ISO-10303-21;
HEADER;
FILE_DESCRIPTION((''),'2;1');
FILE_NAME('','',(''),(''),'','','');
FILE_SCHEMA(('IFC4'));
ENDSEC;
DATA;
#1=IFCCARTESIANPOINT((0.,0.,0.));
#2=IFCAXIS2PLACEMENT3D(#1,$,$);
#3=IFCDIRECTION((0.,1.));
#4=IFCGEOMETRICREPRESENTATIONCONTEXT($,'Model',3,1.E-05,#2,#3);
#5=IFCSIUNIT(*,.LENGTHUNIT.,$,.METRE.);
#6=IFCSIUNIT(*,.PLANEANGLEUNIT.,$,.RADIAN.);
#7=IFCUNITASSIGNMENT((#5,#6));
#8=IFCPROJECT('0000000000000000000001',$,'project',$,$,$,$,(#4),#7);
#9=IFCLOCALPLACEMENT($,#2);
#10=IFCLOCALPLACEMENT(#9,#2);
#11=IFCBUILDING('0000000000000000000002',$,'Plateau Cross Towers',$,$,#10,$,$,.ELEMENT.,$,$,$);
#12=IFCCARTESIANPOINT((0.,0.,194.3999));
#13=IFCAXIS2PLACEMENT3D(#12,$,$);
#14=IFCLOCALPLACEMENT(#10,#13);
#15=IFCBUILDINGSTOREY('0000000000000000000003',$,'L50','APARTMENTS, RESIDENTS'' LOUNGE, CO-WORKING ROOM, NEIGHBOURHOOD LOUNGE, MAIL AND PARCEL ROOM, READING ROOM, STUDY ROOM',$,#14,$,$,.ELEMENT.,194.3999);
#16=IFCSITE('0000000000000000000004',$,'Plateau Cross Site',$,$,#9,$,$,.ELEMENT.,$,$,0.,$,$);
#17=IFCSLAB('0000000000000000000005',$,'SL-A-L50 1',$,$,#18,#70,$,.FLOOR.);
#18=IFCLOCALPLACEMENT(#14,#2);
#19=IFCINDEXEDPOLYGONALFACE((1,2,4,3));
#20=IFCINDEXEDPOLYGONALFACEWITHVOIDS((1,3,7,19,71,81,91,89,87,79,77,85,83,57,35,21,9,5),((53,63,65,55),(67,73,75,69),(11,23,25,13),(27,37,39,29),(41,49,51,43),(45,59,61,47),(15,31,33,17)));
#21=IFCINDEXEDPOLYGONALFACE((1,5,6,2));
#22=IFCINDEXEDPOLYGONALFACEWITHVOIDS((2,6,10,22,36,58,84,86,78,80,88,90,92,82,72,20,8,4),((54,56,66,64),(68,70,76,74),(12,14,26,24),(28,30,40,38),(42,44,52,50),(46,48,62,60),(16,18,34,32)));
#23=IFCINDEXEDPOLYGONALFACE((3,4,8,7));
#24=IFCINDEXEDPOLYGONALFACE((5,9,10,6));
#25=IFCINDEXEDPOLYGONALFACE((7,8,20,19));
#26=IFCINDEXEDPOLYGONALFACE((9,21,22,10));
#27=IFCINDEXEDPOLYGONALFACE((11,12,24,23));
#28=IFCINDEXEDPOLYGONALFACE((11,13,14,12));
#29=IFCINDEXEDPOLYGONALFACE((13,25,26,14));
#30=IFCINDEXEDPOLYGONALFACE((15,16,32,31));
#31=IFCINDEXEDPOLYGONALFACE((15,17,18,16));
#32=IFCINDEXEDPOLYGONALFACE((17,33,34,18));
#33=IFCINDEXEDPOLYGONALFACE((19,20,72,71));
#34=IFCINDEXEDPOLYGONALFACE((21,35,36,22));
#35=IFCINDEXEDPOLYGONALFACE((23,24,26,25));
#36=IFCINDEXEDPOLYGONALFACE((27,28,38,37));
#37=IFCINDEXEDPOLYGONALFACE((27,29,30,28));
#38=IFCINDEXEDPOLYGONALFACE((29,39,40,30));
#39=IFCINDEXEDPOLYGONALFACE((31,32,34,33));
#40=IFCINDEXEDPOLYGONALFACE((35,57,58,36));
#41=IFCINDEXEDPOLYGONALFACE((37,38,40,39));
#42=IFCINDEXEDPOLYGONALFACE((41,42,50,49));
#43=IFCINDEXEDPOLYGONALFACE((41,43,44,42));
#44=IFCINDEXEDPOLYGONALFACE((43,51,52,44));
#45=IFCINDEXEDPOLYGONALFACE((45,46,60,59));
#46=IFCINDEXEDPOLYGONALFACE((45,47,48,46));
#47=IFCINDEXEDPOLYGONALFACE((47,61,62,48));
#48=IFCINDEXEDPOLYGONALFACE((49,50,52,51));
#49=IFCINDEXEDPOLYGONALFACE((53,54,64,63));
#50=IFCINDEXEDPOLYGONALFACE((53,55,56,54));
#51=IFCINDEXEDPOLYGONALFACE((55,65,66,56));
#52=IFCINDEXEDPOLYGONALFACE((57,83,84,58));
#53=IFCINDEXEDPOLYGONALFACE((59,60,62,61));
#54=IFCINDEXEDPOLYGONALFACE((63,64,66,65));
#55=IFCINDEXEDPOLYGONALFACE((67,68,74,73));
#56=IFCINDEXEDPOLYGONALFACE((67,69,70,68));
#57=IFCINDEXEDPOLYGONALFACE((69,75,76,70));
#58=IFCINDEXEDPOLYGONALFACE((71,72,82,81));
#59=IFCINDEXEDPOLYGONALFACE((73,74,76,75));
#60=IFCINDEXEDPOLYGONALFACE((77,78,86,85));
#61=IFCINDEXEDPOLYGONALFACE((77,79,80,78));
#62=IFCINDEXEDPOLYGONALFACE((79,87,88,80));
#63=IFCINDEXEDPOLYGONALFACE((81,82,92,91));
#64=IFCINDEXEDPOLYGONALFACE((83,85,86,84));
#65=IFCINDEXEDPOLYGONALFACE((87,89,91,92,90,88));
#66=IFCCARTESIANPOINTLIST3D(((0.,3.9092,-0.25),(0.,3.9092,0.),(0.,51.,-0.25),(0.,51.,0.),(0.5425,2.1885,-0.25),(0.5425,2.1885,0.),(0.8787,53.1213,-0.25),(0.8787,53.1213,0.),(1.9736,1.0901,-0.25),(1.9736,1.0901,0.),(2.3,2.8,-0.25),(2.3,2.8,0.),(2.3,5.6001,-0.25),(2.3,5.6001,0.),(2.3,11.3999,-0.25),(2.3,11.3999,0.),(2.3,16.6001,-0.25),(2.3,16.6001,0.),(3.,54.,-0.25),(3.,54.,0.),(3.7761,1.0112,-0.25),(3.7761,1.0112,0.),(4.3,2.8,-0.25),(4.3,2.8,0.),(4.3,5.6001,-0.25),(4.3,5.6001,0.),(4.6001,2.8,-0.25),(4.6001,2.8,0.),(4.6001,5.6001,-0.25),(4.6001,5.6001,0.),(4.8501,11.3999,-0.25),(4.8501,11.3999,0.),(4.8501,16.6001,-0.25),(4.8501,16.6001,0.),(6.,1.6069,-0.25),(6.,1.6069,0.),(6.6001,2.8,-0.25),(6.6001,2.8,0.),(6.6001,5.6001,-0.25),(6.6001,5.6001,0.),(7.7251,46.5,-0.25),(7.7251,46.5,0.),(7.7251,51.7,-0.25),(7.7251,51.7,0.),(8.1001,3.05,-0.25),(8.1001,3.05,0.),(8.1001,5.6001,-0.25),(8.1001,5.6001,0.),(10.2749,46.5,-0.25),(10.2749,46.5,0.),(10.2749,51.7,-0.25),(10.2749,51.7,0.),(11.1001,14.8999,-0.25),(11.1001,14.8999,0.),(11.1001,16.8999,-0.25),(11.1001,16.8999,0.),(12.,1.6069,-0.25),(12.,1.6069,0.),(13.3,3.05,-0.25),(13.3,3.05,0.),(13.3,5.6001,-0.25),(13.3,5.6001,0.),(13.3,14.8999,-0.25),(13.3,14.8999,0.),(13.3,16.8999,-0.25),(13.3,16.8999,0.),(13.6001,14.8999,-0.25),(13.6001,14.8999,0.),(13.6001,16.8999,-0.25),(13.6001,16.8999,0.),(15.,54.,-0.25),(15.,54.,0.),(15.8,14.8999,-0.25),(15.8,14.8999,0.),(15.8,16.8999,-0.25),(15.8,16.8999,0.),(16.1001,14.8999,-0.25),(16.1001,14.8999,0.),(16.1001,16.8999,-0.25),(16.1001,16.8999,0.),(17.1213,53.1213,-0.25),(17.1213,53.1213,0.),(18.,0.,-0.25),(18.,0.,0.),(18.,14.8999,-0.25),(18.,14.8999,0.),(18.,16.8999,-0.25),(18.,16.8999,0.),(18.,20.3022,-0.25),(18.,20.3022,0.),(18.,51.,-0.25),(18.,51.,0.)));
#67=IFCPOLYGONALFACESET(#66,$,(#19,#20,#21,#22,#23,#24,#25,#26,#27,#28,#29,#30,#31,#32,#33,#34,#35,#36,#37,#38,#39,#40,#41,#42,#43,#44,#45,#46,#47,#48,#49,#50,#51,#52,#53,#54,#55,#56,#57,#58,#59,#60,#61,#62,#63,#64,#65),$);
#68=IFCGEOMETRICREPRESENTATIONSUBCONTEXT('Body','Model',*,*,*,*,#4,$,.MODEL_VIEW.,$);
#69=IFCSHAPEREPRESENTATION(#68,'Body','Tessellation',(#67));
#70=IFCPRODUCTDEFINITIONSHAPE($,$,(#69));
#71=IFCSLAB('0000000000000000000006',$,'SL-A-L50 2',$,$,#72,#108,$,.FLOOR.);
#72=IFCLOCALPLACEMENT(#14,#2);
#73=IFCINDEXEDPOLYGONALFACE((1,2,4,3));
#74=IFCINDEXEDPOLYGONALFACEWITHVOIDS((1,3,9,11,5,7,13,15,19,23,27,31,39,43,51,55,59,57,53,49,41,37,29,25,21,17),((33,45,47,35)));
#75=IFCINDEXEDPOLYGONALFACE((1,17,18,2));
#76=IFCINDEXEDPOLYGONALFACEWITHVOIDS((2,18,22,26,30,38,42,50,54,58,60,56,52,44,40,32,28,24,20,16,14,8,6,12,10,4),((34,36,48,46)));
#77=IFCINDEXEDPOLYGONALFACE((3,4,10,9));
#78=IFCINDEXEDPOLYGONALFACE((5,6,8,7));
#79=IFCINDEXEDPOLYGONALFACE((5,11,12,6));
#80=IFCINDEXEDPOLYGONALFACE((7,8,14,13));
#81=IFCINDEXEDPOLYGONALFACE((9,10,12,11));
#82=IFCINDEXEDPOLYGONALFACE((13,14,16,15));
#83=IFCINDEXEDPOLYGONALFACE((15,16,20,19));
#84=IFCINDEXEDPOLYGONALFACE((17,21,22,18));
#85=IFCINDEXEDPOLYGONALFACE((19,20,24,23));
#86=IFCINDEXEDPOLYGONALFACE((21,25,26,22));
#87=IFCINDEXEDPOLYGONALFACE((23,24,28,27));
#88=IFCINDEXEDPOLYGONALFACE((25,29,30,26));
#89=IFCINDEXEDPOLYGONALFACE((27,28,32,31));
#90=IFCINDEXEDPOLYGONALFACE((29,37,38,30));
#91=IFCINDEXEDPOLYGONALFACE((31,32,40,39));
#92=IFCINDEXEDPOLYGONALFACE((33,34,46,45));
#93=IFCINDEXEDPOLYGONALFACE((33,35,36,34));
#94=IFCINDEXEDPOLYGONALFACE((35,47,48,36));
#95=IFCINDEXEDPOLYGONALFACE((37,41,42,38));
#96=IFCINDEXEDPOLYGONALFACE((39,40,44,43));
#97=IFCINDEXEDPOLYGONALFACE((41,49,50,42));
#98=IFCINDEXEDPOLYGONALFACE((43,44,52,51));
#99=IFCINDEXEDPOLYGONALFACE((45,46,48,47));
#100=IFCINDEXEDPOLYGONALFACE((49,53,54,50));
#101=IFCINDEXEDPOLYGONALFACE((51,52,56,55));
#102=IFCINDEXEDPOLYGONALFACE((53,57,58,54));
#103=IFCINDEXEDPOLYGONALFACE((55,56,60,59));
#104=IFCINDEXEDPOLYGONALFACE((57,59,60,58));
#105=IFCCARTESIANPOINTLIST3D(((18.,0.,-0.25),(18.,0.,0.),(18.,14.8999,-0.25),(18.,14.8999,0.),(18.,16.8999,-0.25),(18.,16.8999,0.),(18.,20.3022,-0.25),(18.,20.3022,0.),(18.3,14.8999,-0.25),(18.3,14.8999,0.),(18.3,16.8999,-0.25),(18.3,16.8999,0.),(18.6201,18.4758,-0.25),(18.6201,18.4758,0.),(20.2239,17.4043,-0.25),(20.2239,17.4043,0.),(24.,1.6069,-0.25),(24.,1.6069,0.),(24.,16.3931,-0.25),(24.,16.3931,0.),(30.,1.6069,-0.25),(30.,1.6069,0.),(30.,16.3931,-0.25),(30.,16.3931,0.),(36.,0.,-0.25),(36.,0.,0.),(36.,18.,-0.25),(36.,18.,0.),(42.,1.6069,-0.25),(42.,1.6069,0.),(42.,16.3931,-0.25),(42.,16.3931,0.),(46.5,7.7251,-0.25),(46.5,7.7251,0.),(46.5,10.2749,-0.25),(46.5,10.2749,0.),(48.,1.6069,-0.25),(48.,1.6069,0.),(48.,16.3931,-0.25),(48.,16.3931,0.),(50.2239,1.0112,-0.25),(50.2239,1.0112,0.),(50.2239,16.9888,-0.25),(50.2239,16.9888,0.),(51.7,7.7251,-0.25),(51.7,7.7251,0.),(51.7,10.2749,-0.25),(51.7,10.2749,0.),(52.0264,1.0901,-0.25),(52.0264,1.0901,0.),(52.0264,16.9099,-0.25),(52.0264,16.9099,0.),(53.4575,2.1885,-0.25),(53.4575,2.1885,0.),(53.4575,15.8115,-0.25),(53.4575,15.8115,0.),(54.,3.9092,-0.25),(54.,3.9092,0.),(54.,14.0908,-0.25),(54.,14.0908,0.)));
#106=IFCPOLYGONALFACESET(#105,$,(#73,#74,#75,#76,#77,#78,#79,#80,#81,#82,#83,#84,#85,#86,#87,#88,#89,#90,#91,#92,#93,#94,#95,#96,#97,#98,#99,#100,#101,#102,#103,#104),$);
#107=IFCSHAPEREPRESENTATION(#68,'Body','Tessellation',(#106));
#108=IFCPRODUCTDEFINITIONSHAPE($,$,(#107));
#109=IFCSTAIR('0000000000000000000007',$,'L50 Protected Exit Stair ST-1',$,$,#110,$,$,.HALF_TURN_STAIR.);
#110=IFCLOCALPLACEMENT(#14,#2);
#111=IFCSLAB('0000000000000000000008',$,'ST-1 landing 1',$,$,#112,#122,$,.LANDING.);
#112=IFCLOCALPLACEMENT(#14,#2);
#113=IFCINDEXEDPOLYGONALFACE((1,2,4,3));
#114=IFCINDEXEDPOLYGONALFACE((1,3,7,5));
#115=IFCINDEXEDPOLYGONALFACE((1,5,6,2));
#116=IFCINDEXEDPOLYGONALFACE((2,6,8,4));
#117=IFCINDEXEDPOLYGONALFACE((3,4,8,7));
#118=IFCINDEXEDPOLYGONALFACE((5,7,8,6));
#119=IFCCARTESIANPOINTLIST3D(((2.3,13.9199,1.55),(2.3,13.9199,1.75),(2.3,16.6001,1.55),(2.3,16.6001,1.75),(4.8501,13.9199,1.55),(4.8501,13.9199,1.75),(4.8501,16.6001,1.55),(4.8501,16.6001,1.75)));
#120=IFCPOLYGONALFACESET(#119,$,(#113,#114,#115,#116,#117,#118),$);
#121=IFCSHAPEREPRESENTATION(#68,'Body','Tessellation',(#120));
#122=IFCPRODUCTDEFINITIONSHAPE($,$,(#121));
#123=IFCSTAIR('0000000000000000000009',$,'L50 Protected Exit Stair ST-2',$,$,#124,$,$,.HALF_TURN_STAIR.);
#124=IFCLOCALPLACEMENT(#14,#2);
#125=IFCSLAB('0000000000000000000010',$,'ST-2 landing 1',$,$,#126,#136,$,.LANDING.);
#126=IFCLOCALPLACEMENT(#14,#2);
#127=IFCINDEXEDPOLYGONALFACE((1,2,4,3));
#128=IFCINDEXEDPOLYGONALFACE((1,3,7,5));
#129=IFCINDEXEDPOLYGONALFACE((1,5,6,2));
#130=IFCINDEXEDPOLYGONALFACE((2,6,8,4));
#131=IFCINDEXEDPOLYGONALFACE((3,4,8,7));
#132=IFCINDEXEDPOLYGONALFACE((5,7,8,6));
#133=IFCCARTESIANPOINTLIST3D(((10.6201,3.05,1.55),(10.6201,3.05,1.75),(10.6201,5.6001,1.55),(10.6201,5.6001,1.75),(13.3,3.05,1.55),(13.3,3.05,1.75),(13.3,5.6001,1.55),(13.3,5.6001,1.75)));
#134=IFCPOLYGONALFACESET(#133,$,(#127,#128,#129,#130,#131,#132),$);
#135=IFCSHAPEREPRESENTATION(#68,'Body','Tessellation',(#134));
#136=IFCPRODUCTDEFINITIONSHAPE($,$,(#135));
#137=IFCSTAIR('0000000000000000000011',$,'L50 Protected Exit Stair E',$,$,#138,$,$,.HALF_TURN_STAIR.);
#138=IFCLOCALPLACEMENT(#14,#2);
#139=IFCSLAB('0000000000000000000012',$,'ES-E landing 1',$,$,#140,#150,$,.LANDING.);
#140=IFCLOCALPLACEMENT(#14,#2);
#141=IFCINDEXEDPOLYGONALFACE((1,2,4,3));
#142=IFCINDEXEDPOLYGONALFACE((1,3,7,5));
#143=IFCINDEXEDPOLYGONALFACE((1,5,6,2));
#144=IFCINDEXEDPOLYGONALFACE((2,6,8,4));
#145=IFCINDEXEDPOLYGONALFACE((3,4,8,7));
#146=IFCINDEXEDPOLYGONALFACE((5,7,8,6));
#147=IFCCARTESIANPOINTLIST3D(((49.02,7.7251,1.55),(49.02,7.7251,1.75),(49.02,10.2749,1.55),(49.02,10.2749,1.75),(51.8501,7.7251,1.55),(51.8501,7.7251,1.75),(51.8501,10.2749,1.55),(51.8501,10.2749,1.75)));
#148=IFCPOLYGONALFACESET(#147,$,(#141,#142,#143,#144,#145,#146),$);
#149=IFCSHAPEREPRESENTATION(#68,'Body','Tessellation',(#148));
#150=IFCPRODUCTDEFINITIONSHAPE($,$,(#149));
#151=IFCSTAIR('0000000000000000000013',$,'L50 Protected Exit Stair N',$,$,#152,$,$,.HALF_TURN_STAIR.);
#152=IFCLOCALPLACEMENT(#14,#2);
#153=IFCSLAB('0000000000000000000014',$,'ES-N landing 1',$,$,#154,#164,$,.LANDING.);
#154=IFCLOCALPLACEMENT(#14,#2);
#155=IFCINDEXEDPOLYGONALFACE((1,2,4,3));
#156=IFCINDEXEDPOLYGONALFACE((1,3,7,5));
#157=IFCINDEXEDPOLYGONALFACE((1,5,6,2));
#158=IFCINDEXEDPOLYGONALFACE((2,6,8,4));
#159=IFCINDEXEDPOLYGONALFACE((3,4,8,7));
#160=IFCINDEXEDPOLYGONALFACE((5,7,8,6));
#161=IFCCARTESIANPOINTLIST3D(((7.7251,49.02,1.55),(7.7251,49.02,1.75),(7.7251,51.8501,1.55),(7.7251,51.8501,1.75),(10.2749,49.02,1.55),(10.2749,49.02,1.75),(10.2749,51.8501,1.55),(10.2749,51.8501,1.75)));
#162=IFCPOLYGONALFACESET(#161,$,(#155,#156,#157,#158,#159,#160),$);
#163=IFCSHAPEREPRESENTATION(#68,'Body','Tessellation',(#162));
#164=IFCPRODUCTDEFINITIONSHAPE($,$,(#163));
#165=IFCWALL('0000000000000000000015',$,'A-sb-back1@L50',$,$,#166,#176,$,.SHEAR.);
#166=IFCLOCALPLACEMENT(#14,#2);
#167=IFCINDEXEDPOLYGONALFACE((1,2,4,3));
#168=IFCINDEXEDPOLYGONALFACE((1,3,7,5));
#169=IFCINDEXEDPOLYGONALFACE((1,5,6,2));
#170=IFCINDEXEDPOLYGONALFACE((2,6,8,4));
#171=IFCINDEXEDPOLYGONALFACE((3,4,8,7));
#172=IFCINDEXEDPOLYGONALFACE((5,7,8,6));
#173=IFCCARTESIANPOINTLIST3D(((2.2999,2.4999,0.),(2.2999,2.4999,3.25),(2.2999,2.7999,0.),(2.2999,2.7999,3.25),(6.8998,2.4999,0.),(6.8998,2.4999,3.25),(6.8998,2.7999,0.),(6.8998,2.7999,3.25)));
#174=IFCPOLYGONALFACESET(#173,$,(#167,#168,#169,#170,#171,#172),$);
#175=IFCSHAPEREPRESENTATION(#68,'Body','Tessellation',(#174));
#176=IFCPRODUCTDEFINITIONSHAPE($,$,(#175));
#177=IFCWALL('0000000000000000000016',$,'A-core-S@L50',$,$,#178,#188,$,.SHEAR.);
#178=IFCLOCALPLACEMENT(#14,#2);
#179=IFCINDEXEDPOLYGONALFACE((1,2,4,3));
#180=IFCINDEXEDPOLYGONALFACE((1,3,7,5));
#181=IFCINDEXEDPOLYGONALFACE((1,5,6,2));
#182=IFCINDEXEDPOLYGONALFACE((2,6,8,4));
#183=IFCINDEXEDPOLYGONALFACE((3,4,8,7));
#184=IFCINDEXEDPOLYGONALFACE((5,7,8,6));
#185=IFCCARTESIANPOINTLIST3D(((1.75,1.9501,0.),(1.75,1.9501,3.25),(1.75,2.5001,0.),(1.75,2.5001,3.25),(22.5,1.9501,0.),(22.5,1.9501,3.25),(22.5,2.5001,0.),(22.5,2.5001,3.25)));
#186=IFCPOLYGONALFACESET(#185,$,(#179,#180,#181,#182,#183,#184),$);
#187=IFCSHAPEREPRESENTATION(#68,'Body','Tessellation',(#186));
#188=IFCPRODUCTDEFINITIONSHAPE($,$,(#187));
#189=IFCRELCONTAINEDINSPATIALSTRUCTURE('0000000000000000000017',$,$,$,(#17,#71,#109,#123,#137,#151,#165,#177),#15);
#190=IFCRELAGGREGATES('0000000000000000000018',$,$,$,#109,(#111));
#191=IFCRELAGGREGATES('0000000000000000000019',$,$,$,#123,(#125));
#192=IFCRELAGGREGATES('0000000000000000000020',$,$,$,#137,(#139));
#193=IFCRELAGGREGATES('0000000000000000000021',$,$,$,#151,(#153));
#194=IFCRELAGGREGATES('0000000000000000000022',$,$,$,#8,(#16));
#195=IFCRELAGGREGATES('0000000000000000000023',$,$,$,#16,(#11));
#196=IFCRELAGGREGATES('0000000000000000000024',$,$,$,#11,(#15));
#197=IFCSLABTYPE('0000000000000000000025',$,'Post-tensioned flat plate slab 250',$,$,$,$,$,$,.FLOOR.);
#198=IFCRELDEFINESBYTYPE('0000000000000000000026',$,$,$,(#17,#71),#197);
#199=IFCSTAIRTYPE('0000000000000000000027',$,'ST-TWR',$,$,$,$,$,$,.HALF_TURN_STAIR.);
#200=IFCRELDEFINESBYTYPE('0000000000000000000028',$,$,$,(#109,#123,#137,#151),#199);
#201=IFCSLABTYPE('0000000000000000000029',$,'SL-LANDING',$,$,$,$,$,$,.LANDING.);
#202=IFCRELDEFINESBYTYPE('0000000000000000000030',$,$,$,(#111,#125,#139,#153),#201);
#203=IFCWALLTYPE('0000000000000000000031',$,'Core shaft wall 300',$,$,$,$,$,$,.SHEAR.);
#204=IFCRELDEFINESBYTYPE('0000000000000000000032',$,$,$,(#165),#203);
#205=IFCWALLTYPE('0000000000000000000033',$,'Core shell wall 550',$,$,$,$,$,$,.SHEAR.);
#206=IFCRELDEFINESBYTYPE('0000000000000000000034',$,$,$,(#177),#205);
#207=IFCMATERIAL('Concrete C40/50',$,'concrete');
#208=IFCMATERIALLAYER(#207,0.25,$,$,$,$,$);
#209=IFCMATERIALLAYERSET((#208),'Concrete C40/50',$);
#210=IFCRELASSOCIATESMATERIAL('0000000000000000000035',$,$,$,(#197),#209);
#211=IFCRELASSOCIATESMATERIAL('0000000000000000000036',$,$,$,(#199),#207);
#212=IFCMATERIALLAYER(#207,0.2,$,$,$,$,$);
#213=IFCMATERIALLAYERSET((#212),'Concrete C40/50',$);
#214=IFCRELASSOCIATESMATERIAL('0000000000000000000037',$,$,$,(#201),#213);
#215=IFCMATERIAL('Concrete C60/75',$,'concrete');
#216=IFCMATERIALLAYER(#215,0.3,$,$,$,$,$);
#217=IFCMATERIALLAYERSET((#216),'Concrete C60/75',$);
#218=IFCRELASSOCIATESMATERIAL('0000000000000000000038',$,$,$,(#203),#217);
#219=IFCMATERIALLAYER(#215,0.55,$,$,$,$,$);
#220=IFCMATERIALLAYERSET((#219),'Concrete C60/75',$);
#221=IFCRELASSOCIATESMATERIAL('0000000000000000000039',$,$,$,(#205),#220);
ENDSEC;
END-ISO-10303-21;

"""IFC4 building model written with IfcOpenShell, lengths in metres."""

from ifc_helpers import new_model, si_unit, direction, frame, frame_2d, origin, place, context, subcontext, project, spatial, polyline, rectangle, outline, extrude, material, layer, layer_set, type_object, element, aggregate, save


model = new_model("IFC4")

# Units and contexts
model_context = context("Model", 3, precision=1e-05, world=origin(), true_north=direction((0.0, 1.0)))
body_context = subcontext(model_context, "Body", "Model", "MODEL_VIEW")
ifc_project = project(units=[si_unit("LENGTHUNIT", "METRE"), si_unit("PLANEANGLEUNIT", "RADIAN")], contexts=[model_context])

# Site, building, storey
site_placement = place(None, origin())
site = spatial("IfcSite", under=ifc_project, at=site_placement, Name="Plateau Cross Site", CompositionType="ELEMENT", RefElevation=0.0)
building_placement = place(site_placement, origin())
building = spatial("IfcBuilding", under=site, at=building_placement, Name="Plateau Cross Towers", CompositionType="ELEMENT")
storey_placement = place(building_placement, frame((0.0, 0.0, 194.3999)))
storey = spatial("IfcBuildingStorey", under=building, at=storey_placement, Name="L50", Description="APARTMENTS, RESIDENTS' LOUNGE, CO-WORKING ROOM, NEIGHBOURHOOD LOUNGE, MAIL AND PARCEL ROOM, READING ROOM, STUDY ROOM", CompositionType="ELEMENT", Elevation=194.3999)

# Shared definitions
ifc_material_1 = material(Name="Concrete C60/75", Category="concrete")

# Shared definitions
ifc_material_2 = material(Name="Concrete C40/50", Category="concrete")

# Slabs
ifc_layer_1 = layer(ifc_material_2, 0.25)
ifc_layer_set_1 = layer_set([ifc_layer_1], Name="Concrete C40/50")
slab_type_1 = type_object("IfcSlabType", Name="Post-tensioned flat plate slab 250", PredefinedType="FLOOR", material=ifc_layer_set_1)
slab_1_placement = place(storey_placement, frame((0.0, 0.0, -0.25)))
element("IfcSlab", 1, at=slab_1_placement, inside=storey, type_object=slab_type_1, Name="SL-A-L50 1", PredefinedType="FLOOR", context=body_context, shape_type="SweptSolid", body=[
    extrude(outline(polyline([(0.5425, 2.1885), (0.0, 3.9092), (0.0, 51.0), (0.8787, 53.1213), (3.0, 54.0), (15.0, 54.0), (17.1213, 53.1213), (18.0, 51.0), (18.0, 20.3022), (18.0, 16.8999), (16.1001, 16.8999), (16.1001, 14.8999), (18.0, 14.8999), (18.0, 0.0), (12.0, 1.6069), (6.0, 1.6069), (3.7761, 1.0112), (1.9736, 1.0901), (0.5425, 2.1885)]), holes=[polyline([(2.3, 5.6001), (2.3, 2.8), (4.3, 2.8), (4.3, 5.6001), (2.3, 5.6001)]), polyline([(4.6001, 5.6001), (4.6001, 2.8), (6.6001, 2.8), (6.6001, 5.6001), (4.6001, 5.6001)]), polyline([(8.1001, 5.6001), (8.1001, 3.05), (13.3, 3.05), (13.3, 5.6001), (8.1001, 5.6001)]), polyline([(2.3, 11.3999), (4.8501, 11.3999), (4.8501, 16.6001), (2.3, 16.6001), (2.3, 11.3999)]), polyline([(11.1001, 16.8999), (11.1001, 14.8999), (13.3, 14.8999), (13.3, 16.8999), (11.1001, 16.8999)]), polyline([(13.6001, 16.8999), (13.6001, 14.8999), (15.8, 14.8999), (15.8, 16.8999), (13.6001, 16.8999)]), polyline([(7.7251, 51.7), (7.7251, 46.5), (10.2749, 46.5), (10.2749, 51.7), (7.7251, 51.7)])]), origin(), (0.0, 0.0, 1.0), 0.25),
])
slab_2_placement = place(storey_placement, frame((0.0, 0.0, -0.25)))
element("IfcSlab", 2, at=slab_2_placement, inside=storey, type_object=slab_type_1, Name="SL-A-L50 2", PredefinedType="FLOOR", context=body_context, shape_type="SweptSolid", body=[
    extrude(outline(polyline([(18.6201, 18.4758), (20.2239, 17.4043), (24.0, 16.3931), (30.0, 16.3931), (36.0, 18.0), (42.0, 16.3931), (48.0, 16.3931), (50.2239, 16.9888), (52.0264, 16.9099), (53.4575, 15.8115), (54.0, 14.0908), (54.0, 3.9092), (53.4575, 2.1885), (52.0264, 1.0901), (50.2239, 1.0112), (48.0, 1.6069), (42.0, 1.6069), (36.0, 0.0), (30.0, 1.6069), (24.0, 1.6069), (18.0, 0.0), (18.0, 14.8999), (18.3, 14.8999), (18.3, 16.8999), (18.0, 16.8999), (18.0, 20.3022), (18.6201, 18.4758)]), holes=[polyline([(46.5, 10.2749), (46.5, 7.7251), (51.7, 7.7251), (51.7, 10.2749), (46.5, 10.2749)])]), origin(), (0.0, 0.0, 1.0), 0.25),
])

# Stairs, slabs
stair_type = type_object("IfcStairType", Name="ST-TWR", PredefinedType="HALF_TURN_STAIR", material=ifc_material_2)
stair_1_placement = place(storey_placement, origin())
stair_1 = element("IfcStair", 3, at=stair_1_placement, inside=storey, type_object=stair_type, Name="L50 Protected Exit Stair ST-1", PredefinedType="HALF_TURN_STAIR")
ifc_layer_2 = layer(ifc_material_2, 0.2)
ifc_layer_set_2 = layer_set([ifc_layer_2], Name="Concrete C40/50")
slab_type_2 = type_object("IfcSlabType", Name="SL-LANDING", PredefinedType="LANDING", material=ifc_layer_set_2)
slab_3_placement = place(storey_placement, frame((0.0, 0.0, 1.55)))
slab_3 = element("IfcSlab", 4, at=slab_3_placement, type_object=slab_type_2, Name="ST-1 landing 1", PredefinedType="LANDING", context=body_context, shape_type="SweptSolid", body=[
    extrude(outline(polyline([(4.8501, 13.9199), (4.8501, 16.6001), (2.3, 16.6001), (2.3, 13.9199), (4.8501, 13.9199)])), origin(), (0.0, 0.0, 1.0), 0.2),
])
aggregate(stair_1, [slab_3])
stair_2_placement = place(storey_placement, origin())
stair_2 = element("IfcStair", 5, at=stair_2_placement, inside=storey, type_object=stair_type, Name="L50 Protected Exit Stair ST-2", PredefinedType="HALF_TURN_STAIR")
slab_4_placement = place(storey_placement, frame((0.0, 0.0, 1.55)))
slab_4 = element("IfcSlab", 6, at=slab_4_placement, type_object=slab_type_2, Name="ST-2 landing 1", PredefinedType="LANDING", context=body_context, shape_type="SweptSolid", body=[
    extrude(outline(polyline([(10.6201, 3.05), (13.3, 3.05), (13.3, 5.6001), (10.6201, 5.6001), (10.6201, 3.05)])), origin(), (0.0, 0.0, 1.0), 0.2),
])
aggregate(stair_2, [slab_4])
stair_3_placement = place(storey_placement, origin())
stair_3 = element("IfcStair", 7, at=stair_3_placement, inside=storey, type_object=stair_type, Name="L50 Protected Exit Stair E", PredefinedType="HALF_TURN_STAIR")
slab_5_placement = place(storey_placement, frame((0.0, 0.0, 1.55)))
slab_5 = element("IfcSlab", 8, at=slab_5_placement, type_object=slab_type_2, Name="ES-E landing 1", PredefinedType="LANDING", context=body_context, shape_type="SweptSolid", body=[
    extrude(outline(polyline([(49.02, 7.7251), (51.8501, 7.7251), (51.8501, 10.2749), (49.02, 10.2749), (49.02, 7.7251)])), origin(), (0.0, 0.0, 1.0), 0.2),
])
aggregate(stair_3, [slab_5])
stair_4_placement = place(storey_placement, origin())
stair_4 = element("IfcStair", 9, at=stair_4_placement, inside=storey, type_object=stair_type, Name="L50 Protected Exit Stair N", PredefinedType="HALF_TURN_STAIR")
slab_6_placement = place(storey_placement, frame((0.0, 0.0, 1.55)))
slab_6 = element("IfcSlab", 10, at=slab_6_placement, type_object=slab_type_2, Name="ES-N landing 1", PredefinedType="LANDING", context=body_context, shape_type="SweptSolid", body=[
    extrude(outline(polyline([(10.2749, 49.02), (10.2749, 51.8501), (7.7251, 51.8501), (7.7251, 49.02), (10.2749, 49.02)])), origin(), (0.0, 0.0, 1.0), 0.2),
])
aggregate(stair_4, [slab_6])

# Walls
ifc_layer_3 = layer(ifc_material_1, 0.3)
ifc_layer_set_3 = layer_set([ifc_layer_3], Name="Concrete C60/75")
wall_type_1 = type_object("IfcWallType", Name="Core shaft wall 300", PredefinedType="SHEAR", material=ifc_layer_set_3)
wall_1_placement = place(storey_placement, frame((2.3, 2.6499, 0.0), z_axis=(0.0, 0.0, 1.0), x_axis=(1.0, 0.0, 0.0)))
element("IfcWall", 11, at=wall_1_placement, inside=storey, type_object=wall_type_1, Name="A-sb-back1@L50", PredefinedType="SHEAR", context=body_context, shape_type="SweptSolid", body=[
    extrude(rectangle(XDim=4.5999, YDim=0.3, at=frame_2d((2.2998, 0.0))), origin(), (0.0, 0.0, 1.0), 3.25),
])
ifc_layer_4 = layer(ifc_material_1, 0.55)
ifc_layer_set_4 = layer_set([ifc_layer_4], Name="Concrete C60/75")
wall_type_2 = type_object("IfcWallType", Name="Core shell wall 550", PredefinedType="SHEAR", material=ifc_layer_set_4)
wall_2_placement = place(storey_placement, frame((1.75, 2.2251, 0.0), z_axis=(0.0, 0.0, 1.0), x_axis=(1.0, 0.0, 0.0)))
element("IfcWall", 12, at=wall_2_placement, inside=storey, type_object=wall_type_2, Name="A-core-S@L50", PredefinedType="SHEAR", context=body_context, shape_type="SweptSolid", body=[
    extrude(rectangle(XDim=20.75, YDim=0.55, at=frame_2d((10.375, 0.0))), origin(), (0.0, 0.0, 1.0), 3.25),
])

save(model, "model.ifc")
